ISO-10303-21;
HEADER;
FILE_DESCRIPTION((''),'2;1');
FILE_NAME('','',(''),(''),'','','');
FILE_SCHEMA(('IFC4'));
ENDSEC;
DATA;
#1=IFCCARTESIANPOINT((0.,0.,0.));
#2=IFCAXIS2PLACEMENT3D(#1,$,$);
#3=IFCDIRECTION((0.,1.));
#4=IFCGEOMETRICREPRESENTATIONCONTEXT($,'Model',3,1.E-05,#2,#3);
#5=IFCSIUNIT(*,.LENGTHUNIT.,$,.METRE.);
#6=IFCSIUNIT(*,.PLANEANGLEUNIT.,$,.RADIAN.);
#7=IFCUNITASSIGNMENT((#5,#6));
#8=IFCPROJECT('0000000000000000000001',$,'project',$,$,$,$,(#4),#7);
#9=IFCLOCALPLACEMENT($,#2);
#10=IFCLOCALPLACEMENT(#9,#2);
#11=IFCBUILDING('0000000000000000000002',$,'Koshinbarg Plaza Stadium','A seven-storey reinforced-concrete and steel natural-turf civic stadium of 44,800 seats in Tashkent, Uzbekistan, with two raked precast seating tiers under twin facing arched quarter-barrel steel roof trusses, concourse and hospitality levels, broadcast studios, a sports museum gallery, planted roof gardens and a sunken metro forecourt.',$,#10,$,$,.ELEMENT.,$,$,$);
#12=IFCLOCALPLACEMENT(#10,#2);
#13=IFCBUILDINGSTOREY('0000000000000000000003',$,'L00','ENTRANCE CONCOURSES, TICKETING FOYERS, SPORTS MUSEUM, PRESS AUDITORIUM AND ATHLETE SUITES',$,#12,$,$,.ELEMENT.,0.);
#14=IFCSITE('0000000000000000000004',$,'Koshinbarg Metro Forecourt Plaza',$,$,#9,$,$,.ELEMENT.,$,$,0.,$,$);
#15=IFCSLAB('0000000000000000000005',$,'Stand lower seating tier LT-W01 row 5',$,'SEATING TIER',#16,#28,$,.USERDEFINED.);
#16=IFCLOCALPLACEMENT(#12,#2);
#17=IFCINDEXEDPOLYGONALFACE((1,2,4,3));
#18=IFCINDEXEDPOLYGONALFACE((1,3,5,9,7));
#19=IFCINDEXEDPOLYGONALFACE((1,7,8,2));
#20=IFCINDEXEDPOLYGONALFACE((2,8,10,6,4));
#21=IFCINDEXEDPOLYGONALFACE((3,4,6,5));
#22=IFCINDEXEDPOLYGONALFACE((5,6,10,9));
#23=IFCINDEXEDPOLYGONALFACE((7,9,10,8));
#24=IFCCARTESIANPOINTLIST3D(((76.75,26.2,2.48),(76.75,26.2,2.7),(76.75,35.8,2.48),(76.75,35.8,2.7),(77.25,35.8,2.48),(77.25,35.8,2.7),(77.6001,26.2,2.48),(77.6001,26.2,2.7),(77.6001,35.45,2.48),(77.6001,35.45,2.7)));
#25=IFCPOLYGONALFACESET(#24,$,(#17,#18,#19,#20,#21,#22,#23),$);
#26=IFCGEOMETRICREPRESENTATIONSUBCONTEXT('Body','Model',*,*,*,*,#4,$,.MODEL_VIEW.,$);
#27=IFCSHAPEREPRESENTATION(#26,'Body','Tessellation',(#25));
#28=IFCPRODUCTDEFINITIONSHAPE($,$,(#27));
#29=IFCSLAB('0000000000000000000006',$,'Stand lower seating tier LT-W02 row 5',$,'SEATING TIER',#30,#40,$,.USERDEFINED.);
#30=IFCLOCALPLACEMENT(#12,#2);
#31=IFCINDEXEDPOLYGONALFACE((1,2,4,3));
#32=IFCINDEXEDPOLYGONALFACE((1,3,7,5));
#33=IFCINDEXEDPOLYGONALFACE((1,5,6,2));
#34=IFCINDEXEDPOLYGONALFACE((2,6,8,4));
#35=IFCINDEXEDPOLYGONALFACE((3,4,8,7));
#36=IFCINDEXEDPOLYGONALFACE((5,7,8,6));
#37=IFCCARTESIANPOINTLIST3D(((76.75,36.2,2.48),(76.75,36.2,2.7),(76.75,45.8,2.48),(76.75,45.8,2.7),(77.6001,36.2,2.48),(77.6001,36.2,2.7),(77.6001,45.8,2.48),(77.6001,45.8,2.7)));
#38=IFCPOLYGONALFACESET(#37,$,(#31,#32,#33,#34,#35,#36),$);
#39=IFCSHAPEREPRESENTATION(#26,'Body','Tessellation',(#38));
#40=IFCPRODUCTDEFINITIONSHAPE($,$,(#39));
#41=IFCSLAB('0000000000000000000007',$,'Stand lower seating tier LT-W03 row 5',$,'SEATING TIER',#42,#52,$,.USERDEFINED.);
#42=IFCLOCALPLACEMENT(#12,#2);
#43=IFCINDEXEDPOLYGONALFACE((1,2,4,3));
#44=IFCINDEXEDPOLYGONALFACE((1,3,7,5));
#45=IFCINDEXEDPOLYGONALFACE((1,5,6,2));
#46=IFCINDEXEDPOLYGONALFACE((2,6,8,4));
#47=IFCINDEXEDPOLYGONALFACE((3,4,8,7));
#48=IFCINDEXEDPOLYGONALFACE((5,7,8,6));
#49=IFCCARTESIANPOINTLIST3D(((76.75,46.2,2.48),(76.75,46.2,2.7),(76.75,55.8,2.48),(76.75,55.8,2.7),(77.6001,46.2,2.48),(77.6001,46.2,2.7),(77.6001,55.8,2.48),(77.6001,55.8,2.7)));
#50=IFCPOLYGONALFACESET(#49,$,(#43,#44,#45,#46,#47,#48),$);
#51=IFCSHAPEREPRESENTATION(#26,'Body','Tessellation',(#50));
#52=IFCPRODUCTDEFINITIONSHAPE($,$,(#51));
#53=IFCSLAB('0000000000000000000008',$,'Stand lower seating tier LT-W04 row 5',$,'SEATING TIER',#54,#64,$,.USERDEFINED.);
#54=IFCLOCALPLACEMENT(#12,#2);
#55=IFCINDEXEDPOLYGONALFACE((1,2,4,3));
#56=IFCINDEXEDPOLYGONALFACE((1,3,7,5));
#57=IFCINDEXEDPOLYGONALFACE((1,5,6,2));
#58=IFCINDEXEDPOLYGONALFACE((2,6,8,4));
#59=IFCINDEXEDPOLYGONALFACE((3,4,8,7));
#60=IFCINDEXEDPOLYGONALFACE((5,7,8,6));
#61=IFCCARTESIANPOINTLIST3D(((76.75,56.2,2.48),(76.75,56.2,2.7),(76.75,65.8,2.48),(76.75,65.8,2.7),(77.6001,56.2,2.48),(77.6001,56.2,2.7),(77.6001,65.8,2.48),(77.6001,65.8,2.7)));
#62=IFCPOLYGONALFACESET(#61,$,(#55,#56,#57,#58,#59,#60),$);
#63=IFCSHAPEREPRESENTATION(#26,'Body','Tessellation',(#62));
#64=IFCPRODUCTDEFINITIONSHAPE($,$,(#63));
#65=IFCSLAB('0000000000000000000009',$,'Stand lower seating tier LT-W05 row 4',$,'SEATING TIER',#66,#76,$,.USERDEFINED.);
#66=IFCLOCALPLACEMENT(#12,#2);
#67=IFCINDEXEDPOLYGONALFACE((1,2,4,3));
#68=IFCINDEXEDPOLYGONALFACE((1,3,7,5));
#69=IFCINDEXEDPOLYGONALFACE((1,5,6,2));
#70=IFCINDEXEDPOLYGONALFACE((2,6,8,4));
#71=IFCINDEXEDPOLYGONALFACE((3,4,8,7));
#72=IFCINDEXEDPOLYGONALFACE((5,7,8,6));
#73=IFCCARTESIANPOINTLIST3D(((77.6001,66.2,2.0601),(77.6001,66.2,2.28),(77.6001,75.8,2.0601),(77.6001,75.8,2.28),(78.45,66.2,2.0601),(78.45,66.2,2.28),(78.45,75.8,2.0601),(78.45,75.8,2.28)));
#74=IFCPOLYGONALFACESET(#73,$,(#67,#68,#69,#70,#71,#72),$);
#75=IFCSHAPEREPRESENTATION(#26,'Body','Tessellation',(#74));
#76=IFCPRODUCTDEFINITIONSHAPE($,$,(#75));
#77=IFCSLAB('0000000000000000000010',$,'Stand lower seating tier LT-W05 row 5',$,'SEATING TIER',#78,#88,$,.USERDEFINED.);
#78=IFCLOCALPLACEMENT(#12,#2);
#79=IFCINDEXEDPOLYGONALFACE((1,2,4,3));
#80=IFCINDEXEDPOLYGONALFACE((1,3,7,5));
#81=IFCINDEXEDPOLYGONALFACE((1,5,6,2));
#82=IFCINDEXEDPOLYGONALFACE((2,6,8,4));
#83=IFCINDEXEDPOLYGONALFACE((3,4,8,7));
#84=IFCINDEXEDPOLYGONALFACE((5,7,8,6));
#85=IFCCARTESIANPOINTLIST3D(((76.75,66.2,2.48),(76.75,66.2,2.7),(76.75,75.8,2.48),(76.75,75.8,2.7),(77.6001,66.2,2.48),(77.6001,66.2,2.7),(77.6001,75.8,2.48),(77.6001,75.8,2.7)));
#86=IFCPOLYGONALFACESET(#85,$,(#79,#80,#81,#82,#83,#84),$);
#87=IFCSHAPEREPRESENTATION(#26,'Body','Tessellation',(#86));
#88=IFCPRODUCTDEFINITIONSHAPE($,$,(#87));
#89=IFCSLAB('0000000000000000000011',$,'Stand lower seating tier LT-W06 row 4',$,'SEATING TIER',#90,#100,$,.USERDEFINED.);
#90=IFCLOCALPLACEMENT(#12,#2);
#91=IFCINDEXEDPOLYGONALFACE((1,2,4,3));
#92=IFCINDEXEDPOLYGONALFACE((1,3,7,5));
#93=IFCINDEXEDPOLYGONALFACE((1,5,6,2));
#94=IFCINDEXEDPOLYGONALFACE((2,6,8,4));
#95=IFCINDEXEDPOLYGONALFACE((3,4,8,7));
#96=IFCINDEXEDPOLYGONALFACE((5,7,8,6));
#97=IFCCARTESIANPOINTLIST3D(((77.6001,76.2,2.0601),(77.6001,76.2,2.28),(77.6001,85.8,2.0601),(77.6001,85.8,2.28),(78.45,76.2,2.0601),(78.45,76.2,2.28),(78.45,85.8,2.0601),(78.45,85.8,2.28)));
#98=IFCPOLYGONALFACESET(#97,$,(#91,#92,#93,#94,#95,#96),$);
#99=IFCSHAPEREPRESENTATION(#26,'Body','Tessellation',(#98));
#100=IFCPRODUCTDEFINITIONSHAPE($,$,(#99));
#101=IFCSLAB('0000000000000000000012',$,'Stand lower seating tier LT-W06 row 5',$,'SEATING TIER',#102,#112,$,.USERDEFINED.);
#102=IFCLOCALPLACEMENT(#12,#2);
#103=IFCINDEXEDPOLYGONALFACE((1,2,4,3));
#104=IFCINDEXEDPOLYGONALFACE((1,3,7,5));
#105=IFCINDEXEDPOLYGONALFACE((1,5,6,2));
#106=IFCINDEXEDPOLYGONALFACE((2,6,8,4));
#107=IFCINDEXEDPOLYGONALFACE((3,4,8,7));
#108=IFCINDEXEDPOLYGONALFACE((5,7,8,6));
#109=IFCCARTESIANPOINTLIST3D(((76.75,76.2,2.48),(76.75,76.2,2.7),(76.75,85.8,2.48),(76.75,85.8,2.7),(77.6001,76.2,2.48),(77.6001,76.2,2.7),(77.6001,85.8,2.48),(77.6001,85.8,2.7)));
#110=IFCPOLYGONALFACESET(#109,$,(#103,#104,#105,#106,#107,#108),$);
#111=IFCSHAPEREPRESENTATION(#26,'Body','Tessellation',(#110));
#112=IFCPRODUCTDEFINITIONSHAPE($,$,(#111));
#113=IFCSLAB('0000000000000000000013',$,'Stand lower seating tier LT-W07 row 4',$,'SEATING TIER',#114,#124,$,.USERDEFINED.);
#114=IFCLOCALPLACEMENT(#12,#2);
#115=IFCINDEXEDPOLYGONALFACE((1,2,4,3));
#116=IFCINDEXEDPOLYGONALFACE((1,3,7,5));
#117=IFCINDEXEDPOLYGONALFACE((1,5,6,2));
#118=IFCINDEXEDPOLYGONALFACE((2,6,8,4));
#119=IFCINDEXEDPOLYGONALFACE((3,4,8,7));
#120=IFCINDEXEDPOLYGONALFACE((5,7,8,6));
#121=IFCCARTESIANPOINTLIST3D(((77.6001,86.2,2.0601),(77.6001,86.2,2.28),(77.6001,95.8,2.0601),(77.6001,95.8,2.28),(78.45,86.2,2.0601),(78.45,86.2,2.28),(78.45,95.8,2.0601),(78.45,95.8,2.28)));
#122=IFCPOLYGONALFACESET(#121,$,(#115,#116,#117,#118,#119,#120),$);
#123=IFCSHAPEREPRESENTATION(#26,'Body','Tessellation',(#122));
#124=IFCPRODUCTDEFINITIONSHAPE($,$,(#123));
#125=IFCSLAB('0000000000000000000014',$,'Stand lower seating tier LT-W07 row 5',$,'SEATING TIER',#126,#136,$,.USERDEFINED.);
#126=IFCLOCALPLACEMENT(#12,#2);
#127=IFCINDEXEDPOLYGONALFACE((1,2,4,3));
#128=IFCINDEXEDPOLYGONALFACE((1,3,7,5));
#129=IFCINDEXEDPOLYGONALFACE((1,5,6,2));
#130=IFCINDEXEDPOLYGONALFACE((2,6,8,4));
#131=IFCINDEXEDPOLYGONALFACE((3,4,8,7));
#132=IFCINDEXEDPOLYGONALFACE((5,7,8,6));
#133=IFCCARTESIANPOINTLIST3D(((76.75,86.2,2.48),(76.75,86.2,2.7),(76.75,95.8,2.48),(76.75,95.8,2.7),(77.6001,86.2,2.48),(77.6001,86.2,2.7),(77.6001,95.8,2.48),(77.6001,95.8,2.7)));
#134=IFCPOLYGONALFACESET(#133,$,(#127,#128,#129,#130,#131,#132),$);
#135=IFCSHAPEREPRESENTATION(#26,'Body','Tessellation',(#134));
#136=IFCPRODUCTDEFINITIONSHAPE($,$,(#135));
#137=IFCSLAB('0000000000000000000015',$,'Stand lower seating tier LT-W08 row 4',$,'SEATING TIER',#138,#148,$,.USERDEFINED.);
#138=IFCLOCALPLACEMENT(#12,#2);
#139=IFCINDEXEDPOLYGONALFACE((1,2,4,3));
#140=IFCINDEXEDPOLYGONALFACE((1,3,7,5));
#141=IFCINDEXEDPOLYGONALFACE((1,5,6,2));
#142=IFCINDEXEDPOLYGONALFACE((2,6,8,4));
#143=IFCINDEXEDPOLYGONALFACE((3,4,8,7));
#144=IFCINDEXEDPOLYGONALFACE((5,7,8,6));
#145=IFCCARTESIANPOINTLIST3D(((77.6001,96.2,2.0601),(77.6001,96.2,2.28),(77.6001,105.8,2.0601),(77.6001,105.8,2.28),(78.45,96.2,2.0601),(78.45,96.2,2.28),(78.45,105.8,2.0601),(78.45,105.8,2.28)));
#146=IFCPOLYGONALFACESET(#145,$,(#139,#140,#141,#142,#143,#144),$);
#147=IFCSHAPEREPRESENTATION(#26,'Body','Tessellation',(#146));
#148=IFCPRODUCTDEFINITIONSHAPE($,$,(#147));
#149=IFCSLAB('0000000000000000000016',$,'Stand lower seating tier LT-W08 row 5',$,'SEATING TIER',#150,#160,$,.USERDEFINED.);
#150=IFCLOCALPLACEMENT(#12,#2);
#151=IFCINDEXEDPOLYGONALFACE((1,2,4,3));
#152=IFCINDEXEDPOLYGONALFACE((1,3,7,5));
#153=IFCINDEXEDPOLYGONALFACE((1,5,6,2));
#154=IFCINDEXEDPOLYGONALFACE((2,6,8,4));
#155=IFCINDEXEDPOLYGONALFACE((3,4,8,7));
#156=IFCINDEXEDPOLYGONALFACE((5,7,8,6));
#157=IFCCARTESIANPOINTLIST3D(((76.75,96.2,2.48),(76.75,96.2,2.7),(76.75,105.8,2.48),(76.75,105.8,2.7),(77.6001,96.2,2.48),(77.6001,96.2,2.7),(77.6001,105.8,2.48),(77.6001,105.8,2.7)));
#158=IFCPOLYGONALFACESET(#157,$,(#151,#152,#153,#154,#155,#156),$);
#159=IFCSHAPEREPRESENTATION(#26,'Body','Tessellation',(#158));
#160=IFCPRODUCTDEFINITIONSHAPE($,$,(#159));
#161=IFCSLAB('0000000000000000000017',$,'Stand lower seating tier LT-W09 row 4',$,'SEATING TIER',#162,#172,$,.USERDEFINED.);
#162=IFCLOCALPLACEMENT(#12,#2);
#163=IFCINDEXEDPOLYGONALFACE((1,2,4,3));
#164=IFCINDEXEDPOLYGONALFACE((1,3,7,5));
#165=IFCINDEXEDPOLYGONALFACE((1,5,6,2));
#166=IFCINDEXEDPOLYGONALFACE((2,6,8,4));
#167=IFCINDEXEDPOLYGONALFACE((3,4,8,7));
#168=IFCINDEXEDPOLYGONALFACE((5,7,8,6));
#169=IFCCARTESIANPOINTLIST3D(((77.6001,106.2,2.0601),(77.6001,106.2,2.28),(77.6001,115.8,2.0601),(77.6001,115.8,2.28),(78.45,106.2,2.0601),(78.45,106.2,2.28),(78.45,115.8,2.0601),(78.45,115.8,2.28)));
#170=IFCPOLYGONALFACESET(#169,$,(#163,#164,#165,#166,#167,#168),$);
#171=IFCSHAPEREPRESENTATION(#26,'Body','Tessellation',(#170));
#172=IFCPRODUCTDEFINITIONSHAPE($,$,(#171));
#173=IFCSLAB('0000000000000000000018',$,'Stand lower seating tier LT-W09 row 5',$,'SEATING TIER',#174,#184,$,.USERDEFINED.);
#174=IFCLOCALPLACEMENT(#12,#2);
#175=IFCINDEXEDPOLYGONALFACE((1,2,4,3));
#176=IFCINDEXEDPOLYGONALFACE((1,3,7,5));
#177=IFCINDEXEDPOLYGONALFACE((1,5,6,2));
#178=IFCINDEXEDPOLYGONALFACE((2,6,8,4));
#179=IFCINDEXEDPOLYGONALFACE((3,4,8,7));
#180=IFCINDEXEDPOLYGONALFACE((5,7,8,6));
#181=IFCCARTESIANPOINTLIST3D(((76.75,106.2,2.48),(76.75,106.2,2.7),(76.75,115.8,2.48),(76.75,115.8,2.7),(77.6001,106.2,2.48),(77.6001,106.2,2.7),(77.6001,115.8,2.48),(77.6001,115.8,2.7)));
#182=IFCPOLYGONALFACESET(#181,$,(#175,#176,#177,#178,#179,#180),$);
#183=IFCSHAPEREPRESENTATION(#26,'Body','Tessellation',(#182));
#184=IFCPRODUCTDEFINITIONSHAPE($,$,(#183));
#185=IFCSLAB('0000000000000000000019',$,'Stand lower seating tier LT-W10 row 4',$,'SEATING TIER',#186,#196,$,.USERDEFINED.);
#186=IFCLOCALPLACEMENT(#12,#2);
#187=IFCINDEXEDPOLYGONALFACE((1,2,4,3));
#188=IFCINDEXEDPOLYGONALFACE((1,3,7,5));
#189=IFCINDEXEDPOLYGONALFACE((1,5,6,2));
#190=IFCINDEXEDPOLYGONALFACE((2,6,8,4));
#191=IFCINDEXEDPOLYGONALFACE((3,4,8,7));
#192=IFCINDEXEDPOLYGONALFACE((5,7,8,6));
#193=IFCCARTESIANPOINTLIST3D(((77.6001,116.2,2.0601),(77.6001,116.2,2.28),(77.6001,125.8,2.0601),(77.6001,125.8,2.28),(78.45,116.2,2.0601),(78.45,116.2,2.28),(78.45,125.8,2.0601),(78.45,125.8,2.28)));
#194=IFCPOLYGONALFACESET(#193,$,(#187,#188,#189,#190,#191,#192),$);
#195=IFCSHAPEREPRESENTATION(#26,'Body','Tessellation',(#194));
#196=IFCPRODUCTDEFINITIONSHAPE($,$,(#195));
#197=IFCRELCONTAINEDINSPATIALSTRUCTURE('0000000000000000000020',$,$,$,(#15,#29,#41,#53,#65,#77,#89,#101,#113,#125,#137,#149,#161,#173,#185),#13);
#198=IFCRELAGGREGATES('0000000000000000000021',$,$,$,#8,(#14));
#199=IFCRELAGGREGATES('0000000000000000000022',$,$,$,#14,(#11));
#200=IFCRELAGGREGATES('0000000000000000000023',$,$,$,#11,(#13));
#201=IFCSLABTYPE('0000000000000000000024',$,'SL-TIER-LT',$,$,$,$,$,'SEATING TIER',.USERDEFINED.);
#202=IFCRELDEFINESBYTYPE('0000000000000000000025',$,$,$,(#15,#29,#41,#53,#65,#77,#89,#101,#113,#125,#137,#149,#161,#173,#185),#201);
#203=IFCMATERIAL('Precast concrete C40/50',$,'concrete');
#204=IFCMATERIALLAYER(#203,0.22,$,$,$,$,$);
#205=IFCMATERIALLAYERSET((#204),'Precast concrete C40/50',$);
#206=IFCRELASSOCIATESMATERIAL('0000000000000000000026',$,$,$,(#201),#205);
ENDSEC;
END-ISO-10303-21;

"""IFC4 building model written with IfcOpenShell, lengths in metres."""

from ifc_helpers import new_model, si_unit, direction, frame, origin, place, context, subcontext, project, spatial, polyline, outline, extrude, material, layer, layer_set, type_object, element, save


model = new_model("IFC4")

# Units and contexts
model_context = context("Model", 3, precision=1e-05, world=origin(), true_north=direction((0.0, 1.0)))
body_context = subcontext(model_context, "Body", "Model", "MODEL_VIEW")
ifc_project = project(units=[si_unit("LENGTHUNIT", "METRE"), si_unit("PLANEANGLEUNIT", "RADIAN")], contexts=[model_context])

# Site, building, storey
site_placement = place(None, origin())
site = spatial("IfcSite", under=ifc_project, at=site_placement, Name="Koshinbarg Metro Forecourt Plaza", CompositionType="ELEMENT", RefElevation=0.0)
building_placement = place(site_placement, origin())
building = spatial("IfcBuilding", under=site, at=building_placement, Name="Koshinbarg Plaza Stadium", Description="A seven-storey reinforced-concrete and steel natural-turf civic stadium of 44,800 seats in Tashkent, Uzbekistan, with two raked precast seating tiers under twin facing arched quarter-barrel steel roof trusses, concourse and hospitality levels, broadcast studios, a sports museum gallery, planted roof gardens and a sunken metro forecourt.", CompositionType="ELEMENT")
storey_placement = place(building_placement, origin())
storey = spatial("IfcBuildingStorey", under=building, at=storey_placement, Name="L00", Description="ENTRANCE CONCOURSES, TICKETING FOYERS, SPORTS MUSEUM, PRESS AUDITORIUM AND ATHLETE SUITES", CompositionType="ELEMENT", Elevation=0.0)

# Slabs
ifc_material = material(Name="Precast concrete C40/50", Category="concrete")
ifc_layer = layer(ifc_material, 0.22)
ifc_layer_set = layer_set([ifc_layer], Name="Precast concrete C40/50")
slab_type = type_object("IfcSlabType", Name="SL-TIER-LT", ElementType="SEATING TIER", PredefinedType="USERDEFINED", material=ifc_layer_set)
slab_1_placement = place(storey_placement, frame((0.0, 0.0, 2.48)))
element("IfcSlab", 1, at=slab_1_placement, inside=storey, type_object=slab_type, Name="Stand lower seating tier LT-W01 row 5", ObjectType="SEATING TIER", PredefinedType="USERDEFINED", context=body_context, shape_type="SweptSolid", body=[
    extrude(outline(polyline([(76.75, 26.2), (77.6001, 26.2), (77.6001, 35.45), (77.25, 35.8), (76.75, 35.8), (76.75, 26.2)])), origin(), (0.0, 0.0, 1.0), 0.22),
])
slab_2_placement = place(storey_placement, frame((0.0, 0.0, 2.48)))
element("IfcSlab", 2, at=slab_2_placement, inside=storey, type_object=slab_type, Name="Stand lower seating tier LT-W02 row 5", ObjectType="SEATING TIER", PredefinedType="USERDEFINED", context=body_context, shape_type="SweptSolid", body=[
    extrude(outline(polyline([(76.75, 36.2), (77.6001, 36.2), (77.6001, 45.8), (76.75, 45.8), (76.75, 36.2)])), origin(), (0.0, 0.0, 1.0), 0.22),
])
slab_3_placement = place(storey_placement, frame((0.0, 0.0, 2.48)))
element("IfcSlab", 3, at=slab_3_placement, inside=storey, type_object=slab_type, Name="Stand lower seating tier LT-W03 row 5", ObjectType="SEATING TIER", PredefinedType="USERDEFINED", context=body_context, shape_type="SweptSolid", body=[
    extrude(outline(polyline([(76.75, 46.2), (77.6001, 46.2), (77.6001, 55.8), (76.75, 55.8), (76.75, 46.2)])), origin(), (0.0, 0.0, 1.0), 0.22),
])
slab_4_placement = place(storey_placement, frame((0.0, 0.0, 2.48)))
element("IfcSlab", 4, at=slab_4_placement, inside=storey, type_object=slab_type, Name="Stand lower seating tier LT-W04 row 5", ObjectType="SEATING TIER", PredefinedType="USERDEFINED", context=body_context, shape_type="SweptSolid", body=[
    extrude(outline(polyline([(76.75, 56.2), (77.6001, 56.2), (77.6001, 65.8), (76.75, 65.8), (76.75, 56.2)])), origin(), (0.0, 0.0, 1.0), 0.22),
])
slab_5_placement = place(storey_placement, frame((0.0, 0.0, 2.0601)))
element("IfcSlab", 5, at=slab_5_placement, inside=storey, type_object=slab_type, Name="Stand lower seating tier LT-W05 row 4", ObjectType="SEATING TIER", PredefinedType="USERDEFINED", context=body_context, shape_type="SweptSolid", body=[
    extrude(outline(polyline([(77.6001, 66.2), (78.45, 66.2), (78.45, 75.8), (77.6001, 75.8), (77.6001, 66.2)])), origin(), (0.0, 0.0, 1.0), 0.22),
])
slab_6_placement = place(storey_placement, frame((0.0, 0.0, 2.48)))
element("IfcSlab", 6, at=slab_6_placement, inside=storey, type_object=slab_type, Name="Stand lower seating tier LT-W05 row 5", ObjectType="SEATING TIER", PredefinedType="USERDEFINED", context=body_context, shape_type="SweptSolid", body=[
    extrude(outline(polyline([(76.75, 66.2), (77.6001, 66.2), (77.6001, 75.8), (76.75, 75.8), (76.75, 66.2)])), origin(), (0.0, 0.0, 1.0), 0.22),
])
slab_7_placement = place(storey_placement, frame((0.0, 0.0, 2.0601)))
element("IfcSlab", 7, at=slab_7_placement, inside=storey, type_object=slab_type, Name="Stand lower seating tier LT-W06 row 4", ObjectType="SEATING TIER", PredefinedType="USERDEFINED", context=body_context, shape_type="SweptSolid", body=[
    extrude(outline(polyline([(77.6001, 76.2), (78.45, 76.2), (78.45, 85.8), (77.6001, 85.8), (77.6001, 76.2)])), origin(), (0.0, 0.0, 1.0), 0.22),
])
slab_8_placement = place(storey_placement, frame((0.0, 0.0, 2.48)))
element("IfcSlab", 8, at=slab_8_placement, inside=storey, type_object=slab_type, Name="Stand lower seating tier LT-W06 row 5", ObjectType="SEATING TIER", PredefinedType="USERDEFINED", context=body_context, shape_type="SweptSolid", body=[
    extrude(outline(polyline([(76.75, 76.2), (77.6001, 76.2), (77.6001, 85.8), (76.75, 85.8), (76.75, 76.2)])), origin(), (0.0, 0.0, 1.0), 0.22),
])
slab_9_placement = place(storey_placement, frame((0.0, 0.0, 2.0601)))
element("IfcSlab", 9, at=slab_9_placement, inside=storey, type_object=slab_type, Name="Stand lower seating tier LT-W07 row 4", ObjectType="SEATING TIER", PredefinedType="USERDEFINED", context=body_context, shape_type="SweptSolid", body=[
    extrude(outline(polyline([(77.6001, 86.2), (78.45, 86.2), (78.45, 95.8), (77.6001, 95.8), (77.6001, 86.2)])), origin(), (0.0, 0.0, 1.0), 0.22),
])
slab_10_placement = place(storey_placement, frame((0.0, 0.0, 2.48)))
element("IfcSlab", 10, at=slab_10_placement, inside=storey, type_object=slab_type, Name="Stand lower seating tier LT-W07 row 5", ObjectType="SEATING TIER", PredefinedType="USERDEFINED", context=body_context, shape_type="SweptSolid", body=[
    extrude(outline(polyline([(76.75, 86.2), (77.6001, 86.2), (77.6001, 95.8), (76.75, 95.8), (76.75, 86.2)])), origin(), (0.0, 0.0, 1.0), 0.22),
])
slab_11_placement = place(storey_placement, frame((0.0, 0.0, 2.0601)))
element("IfcSlab", 11, at=slab_11_placement, inside=storey, type_object=slab_type, Name="Stand lower seating tier LT-W08 row 4", ObjectType="SEATING TIER", PredefinedType="USERDEFINED", context=body_context, shape_type="SweptSolid", body=[
    extrude(outline(polyline([(77.6001, 96.2), (78.45, 96.2), (78.45, 105.8), (77.6001, 105.8), (77.6001, 96.2)])), origin(), (0.0, 0.0, 1.0), 0.22),
])
slab_12_placement = place(storey_placement, frame((0.0, 0.0, 2.48)))
element("IfcSlab", 12, at=slab_12_placement, inside=storey, type_object=slab_type, Name="Stand lower seating tier LT-W08 row 5", ObjectType="SEATING TIER", PredefinedType="USERDEFINED", context=body_context, shape_type="SweptSolid", body=[
    extrude(outline(polyline([(76.75, 96.2), (77.6001, 96.2), (77.6001, 105.8), (76.75, 105.8), (76.75, 96.2)])), origin(), (0.0, 0.0, 1.0), 0.22),
])
slab_13_placement = place(storey_placement, frame((0.0, 0.0, 2.0601)))
element("IfcSlab", 13, at=slab_13_placement, inside=storey, type_object=slab_type, Name="Stand lower seating tier LT-W09 row 4", ObjectType="SEATING TIER", PredefinedType="USERDEFINED", context=body_context, shape_type="SweptSolid", body=[
    extrude(outline(polyline([(77.6001, 106.2), (78.45, 106.2), (78.45, 115.8), (77.6001, 115.8), (77.6001, 106.2)])), origin(), (0.0, 0.0, 1.0), 0.22),
])
slab_14_placement = place(storey_placement, frame((0.0, 0.0, 2.48)))
element("IfcSlab", 14, at=slab_14_placement, inside=storey, type_object=slab_type, Name="Stand lower seating tier LT-W09 row 5", ObjectType="SEATING TIER", PredefinedType="USERDEFINED", context=body_context, shape_type="SweptSolid", body=[
    extrude(outline(polyline([(76.75, 106.2), (77.6001, 106.2), (77.6001, 115.8), (76.75, 115.8), (76.75, 106.2)])), origin(), (0.0, 0.0, 1.0), 0.22),
])
slab_15_placement = place(storey_placement, frame((0.0, 0.0, 2.0601)))
element("IfcSlab", 15, at=slab_15_placement, inside=storey, type_object=slab_type, Name="Stand lower seating tier LT-W10 row 4", ObjectType="SEATING TIER", PredefinedType="USERDEFINED", context=body_context, shape_type="SweptSolid", body=[
    extrude(outline(polyline([(77.6001, 116.2), (78.45, 116.2), (78.45, 125.8), (77.6001, 125.8), (77.6001, 116.2)])), origin(), (0.0, 0.0, 1.0), 0.22),
])

save(model, "model.ifc")
